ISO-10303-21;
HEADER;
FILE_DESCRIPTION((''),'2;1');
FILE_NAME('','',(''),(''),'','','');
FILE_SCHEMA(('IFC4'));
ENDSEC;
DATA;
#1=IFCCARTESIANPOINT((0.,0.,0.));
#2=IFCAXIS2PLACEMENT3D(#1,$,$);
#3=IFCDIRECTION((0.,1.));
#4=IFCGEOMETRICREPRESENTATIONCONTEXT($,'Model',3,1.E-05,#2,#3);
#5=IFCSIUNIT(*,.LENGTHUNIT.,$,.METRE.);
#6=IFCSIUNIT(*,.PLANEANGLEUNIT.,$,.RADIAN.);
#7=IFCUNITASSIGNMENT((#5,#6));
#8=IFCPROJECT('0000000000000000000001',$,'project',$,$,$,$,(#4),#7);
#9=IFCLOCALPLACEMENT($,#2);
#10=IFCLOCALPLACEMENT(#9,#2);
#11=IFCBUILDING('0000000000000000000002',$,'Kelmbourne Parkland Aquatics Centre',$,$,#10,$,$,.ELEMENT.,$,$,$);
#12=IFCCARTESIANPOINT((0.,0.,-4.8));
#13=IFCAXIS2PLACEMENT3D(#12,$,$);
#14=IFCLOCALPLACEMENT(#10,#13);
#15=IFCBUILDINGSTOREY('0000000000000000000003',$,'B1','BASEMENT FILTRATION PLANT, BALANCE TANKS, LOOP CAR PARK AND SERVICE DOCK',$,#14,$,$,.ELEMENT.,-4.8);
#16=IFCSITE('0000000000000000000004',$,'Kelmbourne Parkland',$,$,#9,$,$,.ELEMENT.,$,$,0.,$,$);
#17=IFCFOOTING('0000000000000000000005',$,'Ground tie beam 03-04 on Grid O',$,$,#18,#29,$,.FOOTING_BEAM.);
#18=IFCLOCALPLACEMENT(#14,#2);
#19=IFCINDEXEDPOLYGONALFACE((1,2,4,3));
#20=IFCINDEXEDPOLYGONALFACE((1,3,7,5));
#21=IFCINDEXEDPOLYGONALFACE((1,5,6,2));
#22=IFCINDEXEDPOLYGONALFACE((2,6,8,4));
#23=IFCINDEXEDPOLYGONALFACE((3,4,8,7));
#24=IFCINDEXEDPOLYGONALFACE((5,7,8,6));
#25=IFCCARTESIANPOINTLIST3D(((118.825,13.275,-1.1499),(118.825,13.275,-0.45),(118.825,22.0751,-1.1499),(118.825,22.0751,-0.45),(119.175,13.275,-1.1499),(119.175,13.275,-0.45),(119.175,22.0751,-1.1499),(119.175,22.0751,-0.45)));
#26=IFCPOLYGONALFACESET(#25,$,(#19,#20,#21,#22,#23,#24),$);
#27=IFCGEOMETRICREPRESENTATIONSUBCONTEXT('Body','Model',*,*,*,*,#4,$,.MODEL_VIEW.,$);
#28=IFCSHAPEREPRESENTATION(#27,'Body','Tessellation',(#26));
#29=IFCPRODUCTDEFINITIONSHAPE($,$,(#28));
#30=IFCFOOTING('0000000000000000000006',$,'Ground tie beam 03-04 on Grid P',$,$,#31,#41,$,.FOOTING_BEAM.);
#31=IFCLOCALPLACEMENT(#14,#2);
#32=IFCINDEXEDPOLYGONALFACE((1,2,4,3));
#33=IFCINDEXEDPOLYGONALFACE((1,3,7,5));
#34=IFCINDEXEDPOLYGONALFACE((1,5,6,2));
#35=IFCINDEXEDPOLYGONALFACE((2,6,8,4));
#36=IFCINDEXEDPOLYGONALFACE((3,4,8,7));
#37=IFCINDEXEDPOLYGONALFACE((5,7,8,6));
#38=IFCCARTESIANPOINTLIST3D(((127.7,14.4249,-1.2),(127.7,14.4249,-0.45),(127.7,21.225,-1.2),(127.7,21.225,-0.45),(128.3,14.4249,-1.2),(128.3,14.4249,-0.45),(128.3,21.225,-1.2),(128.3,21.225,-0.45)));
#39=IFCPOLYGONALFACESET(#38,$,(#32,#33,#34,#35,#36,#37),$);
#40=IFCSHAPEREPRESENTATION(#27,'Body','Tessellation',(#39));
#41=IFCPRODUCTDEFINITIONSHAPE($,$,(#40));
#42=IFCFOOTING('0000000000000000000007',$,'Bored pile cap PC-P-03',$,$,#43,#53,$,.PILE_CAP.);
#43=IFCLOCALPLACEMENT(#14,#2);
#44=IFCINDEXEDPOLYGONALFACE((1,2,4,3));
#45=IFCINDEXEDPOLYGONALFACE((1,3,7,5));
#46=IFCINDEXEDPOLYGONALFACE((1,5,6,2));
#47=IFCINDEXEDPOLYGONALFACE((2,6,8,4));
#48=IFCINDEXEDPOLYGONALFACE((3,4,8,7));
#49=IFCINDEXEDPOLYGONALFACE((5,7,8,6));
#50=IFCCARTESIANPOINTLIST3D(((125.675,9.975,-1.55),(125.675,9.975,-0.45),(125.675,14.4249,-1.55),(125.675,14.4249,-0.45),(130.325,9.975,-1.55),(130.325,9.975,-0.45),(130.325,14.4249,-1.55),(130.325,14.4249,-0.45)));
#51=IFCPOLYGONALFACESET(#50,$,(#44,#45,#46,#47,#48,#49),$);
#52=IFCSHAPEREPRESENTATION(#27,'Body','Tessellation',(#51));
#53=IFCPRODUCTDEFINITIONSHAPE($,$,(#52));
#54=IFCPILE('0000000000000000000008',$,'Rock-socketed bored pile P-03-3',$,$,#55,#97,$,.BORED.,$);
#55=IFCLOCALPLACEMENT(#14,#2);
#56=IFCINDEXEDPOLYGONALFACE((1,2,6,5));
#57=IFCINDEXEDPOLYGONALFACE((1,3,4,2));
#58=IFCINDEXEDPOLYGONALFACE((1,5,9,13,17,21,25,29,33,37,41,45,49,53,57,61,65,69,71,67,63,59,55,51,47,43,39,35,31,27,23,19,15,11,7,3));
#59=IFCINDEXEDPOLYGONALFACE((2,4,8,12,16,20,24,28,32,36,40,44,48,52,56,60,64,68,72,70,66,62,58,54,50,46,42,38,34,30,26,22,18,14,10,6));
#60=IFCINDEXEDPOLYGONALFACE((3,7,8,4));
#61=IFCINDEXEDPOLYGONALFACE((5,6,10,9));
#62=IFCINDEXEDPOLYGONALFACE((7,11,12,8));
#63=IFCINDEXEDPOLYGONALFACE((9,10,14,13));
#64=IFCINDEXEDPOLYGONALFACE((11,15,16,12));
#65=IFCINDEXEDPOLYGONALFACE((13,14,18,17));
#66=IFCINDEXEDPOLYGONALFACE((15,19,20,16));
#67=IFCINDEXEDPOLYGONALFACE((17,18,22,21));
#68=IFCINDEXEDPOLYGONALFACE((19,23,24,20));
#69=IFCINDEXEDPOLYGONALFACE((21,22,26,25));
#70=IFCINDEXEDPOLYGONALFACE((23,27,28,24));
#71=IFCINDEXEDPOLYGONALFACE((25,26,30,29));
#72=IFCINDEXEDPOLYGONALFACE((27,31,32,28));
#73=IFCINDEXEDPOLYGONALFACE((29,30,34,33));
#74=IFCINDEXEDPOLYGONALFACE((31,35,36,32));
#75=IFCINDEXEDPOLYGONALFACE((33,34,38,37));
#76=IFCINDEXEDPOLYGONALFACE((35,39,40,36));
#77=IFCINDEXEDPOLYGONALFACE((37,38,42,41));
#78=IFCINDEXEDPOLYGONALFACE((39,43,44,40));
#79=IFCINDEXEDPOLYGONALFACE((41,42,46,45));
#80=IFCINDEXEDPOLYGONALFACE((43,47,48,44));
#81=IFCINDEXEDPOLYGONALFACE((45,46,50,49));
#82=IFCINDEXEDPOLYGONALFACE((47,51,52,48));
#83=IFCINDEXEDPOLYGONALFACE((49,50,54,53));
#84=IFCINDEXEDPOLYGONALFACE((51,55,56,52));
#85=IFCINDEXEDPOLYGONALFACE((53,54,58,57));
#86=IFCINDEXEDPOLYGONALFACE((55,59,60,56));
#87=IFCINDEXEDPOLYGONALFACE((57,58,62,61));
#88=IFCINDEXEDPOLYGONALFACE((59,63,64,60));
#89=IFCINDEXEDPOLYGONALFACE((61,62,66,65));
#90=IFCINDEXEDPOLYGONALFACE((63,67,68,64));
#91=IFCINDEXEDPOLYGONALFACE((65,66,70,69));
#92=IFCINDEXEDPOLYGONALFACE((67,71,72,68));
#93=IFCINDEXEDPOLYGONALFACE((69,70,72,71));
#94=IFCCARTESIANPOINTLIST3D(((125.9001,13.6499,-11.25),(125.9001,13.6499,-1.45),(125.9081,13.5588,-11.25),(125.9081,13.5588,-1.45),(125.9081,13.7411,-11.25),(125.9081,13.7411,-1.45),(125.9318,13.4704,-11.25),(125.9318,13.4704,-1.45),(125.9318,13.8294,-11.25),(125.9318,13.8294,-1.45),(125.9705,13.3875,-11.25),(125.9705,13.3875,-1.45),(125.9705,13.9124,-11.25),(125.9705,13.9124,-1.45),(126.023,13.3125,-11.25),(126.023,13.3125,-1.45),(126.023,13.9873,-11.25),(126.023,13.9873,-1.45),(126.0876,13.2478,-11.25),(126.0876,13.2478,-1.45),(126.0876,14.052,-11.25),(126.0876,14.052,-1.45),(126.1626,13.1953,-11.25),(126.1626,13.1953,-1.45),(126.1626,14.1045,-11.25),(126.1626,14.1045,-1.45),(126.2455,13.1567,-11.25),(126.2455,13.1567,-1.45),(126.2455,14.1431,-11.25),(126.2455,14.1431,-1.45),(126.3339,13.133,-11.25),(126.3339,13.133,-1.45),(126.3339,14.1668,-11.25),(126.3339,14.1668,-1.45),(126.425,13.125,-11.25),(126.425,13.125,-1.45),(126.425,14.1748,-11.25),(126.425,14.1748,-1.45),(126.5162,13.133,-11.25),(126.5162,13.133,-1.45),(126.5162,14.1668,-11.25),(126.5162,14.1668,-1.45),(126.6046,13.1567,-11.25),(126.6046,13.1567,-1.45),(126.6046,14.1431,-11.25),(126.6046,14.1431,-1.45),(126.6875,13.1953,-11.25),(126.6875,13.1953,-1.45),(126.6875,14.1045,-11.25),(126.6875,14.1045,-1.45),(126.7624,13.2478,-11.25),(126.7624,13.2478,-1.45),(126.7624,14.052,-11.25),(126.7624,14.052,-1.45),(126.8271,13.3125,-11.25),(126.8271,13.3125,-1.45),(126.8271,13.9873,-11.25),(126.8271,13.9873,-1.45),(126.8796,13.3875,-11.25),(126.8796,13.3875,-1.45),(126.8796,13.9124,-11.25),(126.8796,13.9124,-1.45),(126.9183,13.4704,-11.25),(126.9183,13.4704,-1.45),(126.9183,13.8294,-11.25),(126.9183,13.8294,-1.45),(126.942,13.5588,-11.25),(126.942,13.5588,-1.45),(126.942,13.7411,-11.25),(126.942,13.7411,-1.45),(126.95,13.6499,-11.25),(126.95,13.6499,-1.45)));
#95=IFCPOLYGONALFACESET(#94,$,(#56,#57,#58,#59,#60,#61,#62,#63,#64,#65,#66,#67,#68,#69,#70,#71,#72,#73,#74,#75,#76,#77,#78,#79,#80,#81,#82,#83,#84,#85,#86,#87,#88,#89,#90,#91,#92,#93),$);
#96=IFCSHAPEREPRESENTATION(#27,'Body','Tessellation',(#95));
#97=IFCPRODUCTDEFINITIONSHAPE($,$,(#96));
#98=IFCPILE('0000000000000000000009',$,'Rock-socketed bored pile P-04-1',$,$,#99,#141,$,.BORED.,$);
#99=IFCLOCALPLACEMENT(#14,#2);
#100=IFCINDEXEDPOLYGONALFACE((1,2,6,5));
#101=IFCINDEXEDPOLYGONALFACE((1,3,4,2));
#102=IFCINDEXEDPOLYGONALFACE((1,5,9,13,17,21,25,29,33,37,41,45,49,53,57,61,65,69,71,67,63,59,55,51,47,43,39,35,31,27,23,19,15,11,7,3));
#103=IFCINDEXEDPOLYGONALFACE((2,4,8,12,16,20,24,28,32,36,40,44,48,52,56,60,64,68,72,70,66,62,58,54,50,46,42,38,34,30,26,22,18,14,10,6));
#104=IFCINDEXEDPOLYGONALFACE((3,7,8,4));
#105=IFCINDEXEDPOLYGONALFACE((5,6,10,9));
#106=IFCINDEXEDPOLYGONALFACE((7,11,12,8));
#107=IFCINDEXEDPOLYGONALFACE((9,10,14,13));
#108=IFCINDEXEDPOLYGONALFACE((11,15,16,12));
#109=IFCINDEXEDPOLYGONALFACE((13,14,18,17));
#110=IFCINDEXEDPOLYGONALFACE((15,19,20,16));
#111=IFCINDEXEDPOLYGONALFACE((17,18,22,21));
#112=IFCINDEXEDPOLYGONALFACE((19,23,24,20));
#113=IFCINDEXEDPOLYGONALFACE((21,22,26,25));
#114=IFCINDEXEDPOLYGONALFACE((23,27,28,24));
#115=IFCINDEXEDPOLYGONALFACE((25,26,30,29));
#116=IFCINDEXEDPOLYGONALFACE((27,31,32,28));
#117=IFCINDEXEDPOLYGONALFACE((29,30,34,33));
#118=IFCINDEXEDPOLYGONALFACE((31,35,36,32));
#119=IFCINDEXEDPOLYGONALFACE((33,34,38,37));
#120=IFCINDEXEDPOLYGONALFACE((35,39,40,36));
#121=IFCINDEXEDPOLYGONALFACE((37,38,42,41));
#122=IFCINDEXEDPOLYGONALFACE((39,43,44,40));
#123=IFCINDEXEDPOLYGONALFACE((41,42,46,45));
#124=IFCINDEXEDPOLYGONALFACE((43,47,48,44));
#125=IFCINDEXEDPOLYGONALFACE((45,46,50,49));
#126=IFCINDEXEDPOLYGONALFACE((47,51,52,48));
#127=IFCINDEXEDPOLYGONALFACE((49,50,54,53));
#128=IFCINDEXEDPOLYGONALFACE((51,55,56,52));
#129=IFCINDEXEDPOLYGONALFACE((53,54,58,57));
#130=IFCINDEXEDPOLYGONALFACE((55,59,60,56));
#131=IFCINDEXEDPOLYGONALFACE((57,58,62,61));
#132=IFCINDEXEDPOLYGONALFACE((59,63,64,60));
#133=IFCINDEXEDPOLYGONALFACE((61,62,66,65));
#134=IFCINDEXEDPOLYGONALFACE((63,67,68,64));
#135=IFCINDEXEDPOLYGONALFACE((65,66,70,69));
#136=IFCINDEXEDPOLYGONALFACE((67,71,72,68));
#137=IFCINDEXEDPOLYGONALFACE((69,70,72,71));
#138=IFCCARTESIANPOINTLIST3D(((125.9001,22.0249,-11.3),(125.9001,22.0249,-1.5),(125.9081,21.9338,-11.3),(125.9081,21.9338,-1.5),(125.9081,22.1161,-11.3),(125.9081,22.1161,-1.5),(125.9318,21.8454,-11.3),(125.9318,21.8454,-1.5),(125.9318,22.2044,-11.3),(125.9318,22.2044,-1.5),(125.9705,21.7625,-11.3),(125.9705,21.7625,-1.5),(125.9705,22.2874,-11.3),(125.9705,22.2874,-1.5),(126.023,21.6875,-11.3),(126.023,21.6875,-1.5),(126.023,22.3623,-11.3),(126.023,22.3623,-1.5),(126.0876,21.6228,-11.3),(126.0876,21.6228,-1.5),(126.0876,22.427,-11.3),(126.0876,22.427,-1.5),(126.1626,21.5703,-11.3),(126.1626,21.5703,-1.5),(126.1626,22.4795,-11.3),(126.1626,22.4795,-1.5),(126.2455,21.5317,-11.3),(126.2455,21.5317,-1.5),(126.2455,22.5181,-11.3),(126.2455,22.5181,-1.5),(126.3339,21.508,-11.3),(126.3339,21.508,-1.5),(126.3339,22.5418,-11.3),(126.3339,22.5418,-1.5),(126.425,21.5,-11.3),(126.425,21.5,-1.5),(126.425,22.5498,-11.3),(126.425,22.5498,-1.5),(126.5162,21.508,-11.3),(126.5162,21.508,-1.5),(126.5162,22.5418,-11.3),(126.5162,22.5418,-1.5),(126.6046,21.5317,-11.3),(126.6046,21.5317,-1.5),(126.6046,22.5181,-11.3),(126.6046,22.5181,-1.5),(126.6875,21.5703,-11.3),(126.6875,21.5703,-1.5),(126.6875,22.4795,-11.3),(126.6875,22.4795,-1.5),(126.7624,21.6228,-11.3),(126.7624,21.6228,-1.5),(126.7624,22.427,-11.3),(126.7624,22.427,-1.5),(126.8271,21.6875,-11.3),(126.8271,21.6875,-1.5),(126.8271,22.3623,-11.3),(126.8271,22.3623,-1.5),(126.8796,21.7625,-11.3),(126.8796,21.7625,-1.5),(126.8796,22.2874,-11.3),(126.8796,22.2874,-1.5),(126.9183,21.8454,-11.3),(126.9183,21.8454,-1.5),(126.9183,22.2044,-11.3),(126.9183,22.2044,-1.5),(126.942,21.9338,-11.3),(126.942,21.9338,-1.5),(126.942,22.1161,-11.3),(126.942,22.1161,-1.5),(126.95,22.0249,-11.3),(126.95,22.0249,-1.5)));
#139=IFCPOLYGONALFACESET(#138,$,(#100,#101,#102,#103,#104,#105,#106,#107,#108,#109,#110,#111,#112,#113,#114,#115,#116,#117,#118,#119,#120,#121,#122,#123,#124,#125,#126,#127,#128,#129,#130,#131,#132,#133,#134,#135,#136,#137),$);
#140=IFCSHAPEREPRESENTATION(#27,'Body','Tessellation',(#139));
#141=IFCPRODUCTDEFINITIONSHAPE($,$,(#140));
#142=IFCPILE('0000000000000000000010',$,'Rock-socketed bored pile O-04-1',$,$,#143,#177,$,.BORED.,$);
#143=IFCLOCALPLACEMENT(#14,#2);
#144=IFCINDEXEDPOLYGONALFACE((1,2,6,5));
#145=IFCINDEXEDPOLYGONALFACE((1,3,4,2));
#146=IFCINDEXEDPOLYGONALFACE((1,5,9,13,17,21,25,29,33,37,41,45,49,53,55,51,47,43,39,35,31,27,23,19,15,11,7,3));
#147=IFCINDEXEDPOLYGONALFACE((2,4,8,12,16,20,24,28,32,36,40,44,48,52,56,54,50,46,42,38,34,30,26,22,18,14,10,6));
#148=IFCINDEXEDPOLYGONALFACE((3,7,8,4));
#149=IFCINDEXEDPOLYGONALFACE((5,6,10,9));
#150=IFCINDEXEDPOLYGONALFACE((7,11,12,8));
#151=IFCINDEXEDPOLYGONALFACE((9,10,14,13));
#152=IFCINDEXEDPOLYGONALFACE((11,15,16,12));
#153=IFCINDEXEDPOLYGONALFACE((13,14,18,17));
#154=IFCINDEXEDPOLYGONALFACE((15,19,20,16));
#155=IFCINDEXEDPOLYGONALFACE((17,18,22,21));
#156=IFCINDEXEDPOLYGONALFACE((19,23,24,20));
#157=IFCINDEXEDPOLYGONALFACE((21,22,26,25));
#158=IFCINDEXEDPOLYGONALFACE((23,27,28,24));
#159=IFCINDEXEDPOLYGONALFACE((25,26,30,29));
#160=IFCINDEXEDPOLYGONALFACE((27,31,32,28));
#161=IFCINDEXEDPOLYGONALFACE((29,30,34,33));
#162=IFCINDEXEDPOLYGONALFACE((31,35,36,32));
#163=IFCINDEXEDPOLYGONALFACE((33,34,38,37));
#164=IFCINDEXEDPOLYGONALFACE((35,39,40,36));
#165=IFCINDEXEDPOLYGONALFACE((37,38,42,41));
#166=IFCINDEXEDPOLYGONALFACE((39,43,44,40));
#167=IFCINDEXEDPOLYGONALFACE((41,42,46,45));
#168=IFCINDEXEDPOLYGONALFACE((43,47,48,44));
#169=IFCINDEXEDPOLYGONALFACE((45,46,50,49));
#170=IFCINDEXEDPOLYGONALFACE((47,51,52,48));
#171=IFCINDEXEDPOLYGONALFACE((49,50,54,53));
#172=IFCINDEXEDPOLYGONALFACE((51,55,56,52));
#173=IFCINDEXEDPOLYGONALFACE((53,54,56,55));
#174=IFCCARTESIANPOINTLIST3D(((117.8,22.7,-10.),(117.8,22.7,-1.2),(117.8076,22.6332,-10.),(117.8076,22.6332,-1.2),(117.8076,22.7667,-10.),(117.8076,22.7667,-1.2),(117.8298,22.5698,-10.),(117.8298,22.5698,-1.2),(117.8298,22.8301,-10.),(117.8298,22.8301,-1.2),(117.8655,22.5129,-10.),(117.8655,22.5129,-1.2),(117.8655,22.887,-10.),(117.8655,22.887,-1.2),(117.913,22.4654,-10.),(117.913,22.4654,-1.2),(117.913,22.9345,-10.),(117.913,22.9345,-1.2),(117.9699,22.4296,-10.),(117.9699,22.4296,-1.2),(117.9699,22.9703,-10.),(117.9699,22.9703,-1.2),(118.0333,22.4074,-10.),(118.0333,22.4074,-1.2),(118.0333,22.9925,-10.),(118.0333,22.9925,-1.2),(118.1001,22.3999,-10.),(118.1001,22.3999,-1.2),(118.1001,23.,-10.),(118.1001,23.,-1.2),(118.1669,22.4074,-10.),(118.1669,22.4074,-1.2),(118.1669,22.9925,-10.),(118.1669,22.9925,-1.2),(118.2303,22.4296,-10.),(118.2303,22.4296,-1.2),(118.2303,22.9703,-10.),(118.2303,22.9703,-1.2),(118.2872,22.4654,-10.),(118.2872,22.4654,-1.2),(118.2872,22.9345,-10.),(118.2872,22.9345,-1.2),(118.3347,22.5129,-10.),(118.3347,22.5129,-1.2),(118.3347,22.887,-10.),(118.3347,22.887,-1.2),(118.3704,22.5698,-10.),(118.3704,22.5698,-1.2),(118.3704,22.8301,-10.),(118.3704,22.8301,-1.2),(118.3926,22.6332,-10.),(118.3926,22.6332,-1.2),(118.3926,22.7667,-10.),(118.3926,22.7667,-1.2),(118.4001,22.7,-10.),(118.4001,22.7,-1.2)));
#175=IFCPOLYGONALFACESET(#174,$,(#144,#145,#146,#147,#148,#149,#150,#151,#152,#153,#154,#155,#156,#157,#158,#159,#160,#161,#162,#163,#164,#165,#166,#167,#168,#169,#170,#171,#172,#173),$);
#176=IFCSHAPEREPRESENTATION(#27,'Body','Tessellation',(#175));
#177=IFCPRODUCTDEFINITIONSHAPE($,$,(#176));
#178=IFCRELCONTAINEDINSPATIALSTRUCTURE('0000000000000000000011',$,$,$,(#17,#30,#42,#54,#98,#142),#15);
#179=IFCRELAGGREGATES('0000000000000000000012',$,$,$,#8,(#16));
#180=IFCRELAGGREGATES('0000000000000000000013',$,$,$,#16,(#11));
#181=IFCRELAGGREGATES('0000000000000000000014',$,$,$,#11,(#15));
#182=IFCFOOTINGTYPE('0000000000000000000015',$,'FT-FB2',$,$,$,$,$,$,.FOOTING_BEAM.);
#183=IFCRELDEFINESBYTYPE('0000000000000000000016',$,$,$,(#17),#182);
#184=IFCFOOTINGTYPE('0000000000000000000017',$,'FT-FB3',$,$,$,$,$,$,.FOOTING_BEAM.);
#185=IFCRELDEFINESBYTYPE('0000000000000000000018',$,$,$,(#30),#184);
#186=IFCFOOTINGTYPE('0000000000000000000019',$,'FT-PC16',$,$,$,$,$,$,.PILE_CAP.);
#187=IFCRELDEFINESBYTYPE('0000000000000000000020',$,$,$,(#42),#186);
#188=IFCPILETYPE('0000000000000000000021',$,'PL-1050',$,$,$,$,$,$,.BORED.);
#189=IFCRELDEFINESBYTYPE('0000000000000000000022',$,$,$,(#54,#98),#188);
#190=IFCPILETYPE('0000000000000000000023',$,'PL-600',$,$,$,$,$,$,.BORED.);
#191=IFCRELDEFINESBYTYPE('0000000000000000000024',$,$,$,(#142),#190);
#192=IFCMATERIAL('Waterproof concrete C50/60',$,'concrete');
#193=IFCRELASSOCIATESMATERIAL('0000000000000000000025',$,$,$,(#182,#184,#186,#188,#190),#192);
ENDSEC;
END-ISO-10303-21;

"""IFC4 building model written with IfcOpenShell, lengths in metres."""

from ifc_helpers import new_model, si_unit, direction, frame, origin, origin_2d, place, context, subcontext, project, spatial, rectangle, circle, extrude, material, material_profile, profile_set, type_object, element, save


model = new_model("IFC4")

# Units and contexts
model_context = context("Model", 3, precision=1e-05, world=origin(), true_north=direction((0.0, 1.0)))
body_context = subcontext(model_context, "Body", "Model", "MODEL_VIEW")
ifc_project = project(units=[si_unit("LENGTHUNIT", "METRE"), si_unit("PLANEANGLEUNIT", "RADIAN")], contexts=[model_context])

# Site, building, storey
site_placement = place(None, origin())
site = spatial("IfcSite", under=ifc_project, at=site_placement, Name="Kelmbourne Parkland", CompositionType="ELEMENT", RefElevation=0.0)
building_placement = place(site_placement, origin())
building = spatial("IfcBuilding", under=site, at=building_placement, Name="Kelmbourne Parkland Aquatics Centre", CompositionType="ELEMENT")
storey_placement = place(building_placement, frame((0.0, 0.0, -4.8)))
storey = spatial("IfcBuildingStorey", under=building, at=storey_placement, Name="B1", Description="BASEMENT FILTRATION PLANT, BALANCE TANKS, LOOP CAR PARK AND SERVICE DOCK", CompositionType="ELEMENT", Elevation=-4.8)

# Footings
ifc_material_1 = material(Name="Waterproof concrete C50/60", Category="concrete")
footing_type_1 = type_object("IfcFootingType", Name="FT-FB2", PredefinedType="FOOTING_BEAM", material=ifc_material_1)
footing_1_placement = place(storey_placement, frame((119.0, 17.675, -1.1499), z_axis=(0.0, 0.0, 1.0), x_axis=(0.0, 1.0, 0.0)))
element("IfcFooting", 1, at=footing_1_placement, inside=storey, type_object=footing_type_1, Name="Ground tie beam 03-04 on Grid O", PredefinedType="FOOTING_BEAM", context=body_context, shape_type="SweptSolid", body=[
    extrude(rectangle(XDim=8.8, YDim=0.3501, at=origin_2d()), origin(), (0.0, 0.0, 1.0), 0.7),
])
footing_type_2 = type_object("IfcFootingType", Name="FT-FB3", PredefinedType="FOOTING_BEAM", material=ifc_material_1)
footing_2_placement = place(storey_placement, frame((128.0, 17.825, -1.2), z_axis=(0.0, 0.0, 1.0), x_axis=(0.0, 1.0, 0.0)))
element("IfcFooting", 2, at=footing_2_placement, inside=storey, type_object=footing_type_2, Name="Ground tie beam 03-04 on Grid P", PredefinedType="FOOTING_BEAM", context=body_context, shape_type="SweptSolid", body=[
    extrude(rectangle(XDim=6.8, YDim=0.6001, at=origin_2d()), origin(), (0.0, 0.0, 1.0), 0.75),
])
footing_type_3 = type_object("IfcFootingType", Name="FT-PC16", PredefinedType="PILE_CAP", material=ifc_material_1)
footing_3_placement = place(storey_placement, frame((128.0, 12.2, -1.55), z_axis=(0.0, 0.0, 1.0), x_axis=(1.0, 0.0, 0.0)))
element("IfcFooting", 3, at=footing_3_placement, inside=storey, type_object=footing_type_3, Name="Bored pile cap PC-P-03", PredefinedType="PILE_CAP", context=body_context, shape_type="SweptSolid", body=[
    extrude(rectangle(XDim=4.6499, YDim=4.45, at=origin_2d()), origin(), (0.0, 0.0, 1.0), 1.1001),
])

# Piles
ifc_material_profile_1 = material_profile(ifc_material_1, circle(Radius=0.5249, at=origin_2d()), Name="PILE D1050")
ifc_profile_set_1 = profile_set([ifc_material_profile_1], Name="Waterproof concrete C50/60")
pile_type_1 = type_object("IfcPileType", Name="PL-1050", PredefinedType="BORED", material=ifc_profile_set_1)
for number, where, z_axis, x_axis, name in (
    (4, (126.425, 13.6499, -1.45), (0.0, 0.0, -1.0), (1.0, 0.0, 0.0), "Rock-socketed bored pile P-03-3"),
    (5, (126.425, 22.0249, -1.5), (0.0, 0.0, -1.0), (1.0, 0.0, 0.0), "Rock-socketed bored pile P-04-1"),
):
    element("IfcPile", number, at=place(storey_placement, frame(where, z_axis=z_axis, x_axis=x_axis)), inside=storey, type_object=pile_type_1, Name=name, PredefinedType="BORED", context=body_context, shape_type="SweptSolid", body=[
        extrude(circle(Radius=0.5249, at=origin_2d()), origin(), (0.0, 0.0, 1.0), 9.8),
    ])
ifc_material_profile_2 = material_profile(ifc_material_1, circle(Radius=0.3, at=origin_2d()), Name="PILE D600")
ifc_profile_set_2 = profile_set([ifc_material_profile_2], Name="Waterproof concrete C50/60")
pile_type_2 = type_object("IfcPileType", Name="PL-600", PredefinedType="BORED", material=ifc_profile_set_2)
for number, where, z_axis, x_axis, name in (
    (6, (118.1001, 22.7, -1.2), (0.0, 0.0, -1.0), (1.0, 0.0, 0.0), "Rock-socketed bored pile O-04-1"),
):
    element("IfcPile", number, at=place(storey_placement, frame(where, z_axis=z_axis, x_axis=x_axis)), inside=storey, type_object=pile_type_2, Name=name, PredefinedType="BORED", context=body_context, shape_type="SweptSolid", body=[
        extrude(circle(Radius=0.3, at=origin_2d()), origin(), (0.0, 0.0, 1.0), 8.8),
    ])

save(model, "model.ifc")
